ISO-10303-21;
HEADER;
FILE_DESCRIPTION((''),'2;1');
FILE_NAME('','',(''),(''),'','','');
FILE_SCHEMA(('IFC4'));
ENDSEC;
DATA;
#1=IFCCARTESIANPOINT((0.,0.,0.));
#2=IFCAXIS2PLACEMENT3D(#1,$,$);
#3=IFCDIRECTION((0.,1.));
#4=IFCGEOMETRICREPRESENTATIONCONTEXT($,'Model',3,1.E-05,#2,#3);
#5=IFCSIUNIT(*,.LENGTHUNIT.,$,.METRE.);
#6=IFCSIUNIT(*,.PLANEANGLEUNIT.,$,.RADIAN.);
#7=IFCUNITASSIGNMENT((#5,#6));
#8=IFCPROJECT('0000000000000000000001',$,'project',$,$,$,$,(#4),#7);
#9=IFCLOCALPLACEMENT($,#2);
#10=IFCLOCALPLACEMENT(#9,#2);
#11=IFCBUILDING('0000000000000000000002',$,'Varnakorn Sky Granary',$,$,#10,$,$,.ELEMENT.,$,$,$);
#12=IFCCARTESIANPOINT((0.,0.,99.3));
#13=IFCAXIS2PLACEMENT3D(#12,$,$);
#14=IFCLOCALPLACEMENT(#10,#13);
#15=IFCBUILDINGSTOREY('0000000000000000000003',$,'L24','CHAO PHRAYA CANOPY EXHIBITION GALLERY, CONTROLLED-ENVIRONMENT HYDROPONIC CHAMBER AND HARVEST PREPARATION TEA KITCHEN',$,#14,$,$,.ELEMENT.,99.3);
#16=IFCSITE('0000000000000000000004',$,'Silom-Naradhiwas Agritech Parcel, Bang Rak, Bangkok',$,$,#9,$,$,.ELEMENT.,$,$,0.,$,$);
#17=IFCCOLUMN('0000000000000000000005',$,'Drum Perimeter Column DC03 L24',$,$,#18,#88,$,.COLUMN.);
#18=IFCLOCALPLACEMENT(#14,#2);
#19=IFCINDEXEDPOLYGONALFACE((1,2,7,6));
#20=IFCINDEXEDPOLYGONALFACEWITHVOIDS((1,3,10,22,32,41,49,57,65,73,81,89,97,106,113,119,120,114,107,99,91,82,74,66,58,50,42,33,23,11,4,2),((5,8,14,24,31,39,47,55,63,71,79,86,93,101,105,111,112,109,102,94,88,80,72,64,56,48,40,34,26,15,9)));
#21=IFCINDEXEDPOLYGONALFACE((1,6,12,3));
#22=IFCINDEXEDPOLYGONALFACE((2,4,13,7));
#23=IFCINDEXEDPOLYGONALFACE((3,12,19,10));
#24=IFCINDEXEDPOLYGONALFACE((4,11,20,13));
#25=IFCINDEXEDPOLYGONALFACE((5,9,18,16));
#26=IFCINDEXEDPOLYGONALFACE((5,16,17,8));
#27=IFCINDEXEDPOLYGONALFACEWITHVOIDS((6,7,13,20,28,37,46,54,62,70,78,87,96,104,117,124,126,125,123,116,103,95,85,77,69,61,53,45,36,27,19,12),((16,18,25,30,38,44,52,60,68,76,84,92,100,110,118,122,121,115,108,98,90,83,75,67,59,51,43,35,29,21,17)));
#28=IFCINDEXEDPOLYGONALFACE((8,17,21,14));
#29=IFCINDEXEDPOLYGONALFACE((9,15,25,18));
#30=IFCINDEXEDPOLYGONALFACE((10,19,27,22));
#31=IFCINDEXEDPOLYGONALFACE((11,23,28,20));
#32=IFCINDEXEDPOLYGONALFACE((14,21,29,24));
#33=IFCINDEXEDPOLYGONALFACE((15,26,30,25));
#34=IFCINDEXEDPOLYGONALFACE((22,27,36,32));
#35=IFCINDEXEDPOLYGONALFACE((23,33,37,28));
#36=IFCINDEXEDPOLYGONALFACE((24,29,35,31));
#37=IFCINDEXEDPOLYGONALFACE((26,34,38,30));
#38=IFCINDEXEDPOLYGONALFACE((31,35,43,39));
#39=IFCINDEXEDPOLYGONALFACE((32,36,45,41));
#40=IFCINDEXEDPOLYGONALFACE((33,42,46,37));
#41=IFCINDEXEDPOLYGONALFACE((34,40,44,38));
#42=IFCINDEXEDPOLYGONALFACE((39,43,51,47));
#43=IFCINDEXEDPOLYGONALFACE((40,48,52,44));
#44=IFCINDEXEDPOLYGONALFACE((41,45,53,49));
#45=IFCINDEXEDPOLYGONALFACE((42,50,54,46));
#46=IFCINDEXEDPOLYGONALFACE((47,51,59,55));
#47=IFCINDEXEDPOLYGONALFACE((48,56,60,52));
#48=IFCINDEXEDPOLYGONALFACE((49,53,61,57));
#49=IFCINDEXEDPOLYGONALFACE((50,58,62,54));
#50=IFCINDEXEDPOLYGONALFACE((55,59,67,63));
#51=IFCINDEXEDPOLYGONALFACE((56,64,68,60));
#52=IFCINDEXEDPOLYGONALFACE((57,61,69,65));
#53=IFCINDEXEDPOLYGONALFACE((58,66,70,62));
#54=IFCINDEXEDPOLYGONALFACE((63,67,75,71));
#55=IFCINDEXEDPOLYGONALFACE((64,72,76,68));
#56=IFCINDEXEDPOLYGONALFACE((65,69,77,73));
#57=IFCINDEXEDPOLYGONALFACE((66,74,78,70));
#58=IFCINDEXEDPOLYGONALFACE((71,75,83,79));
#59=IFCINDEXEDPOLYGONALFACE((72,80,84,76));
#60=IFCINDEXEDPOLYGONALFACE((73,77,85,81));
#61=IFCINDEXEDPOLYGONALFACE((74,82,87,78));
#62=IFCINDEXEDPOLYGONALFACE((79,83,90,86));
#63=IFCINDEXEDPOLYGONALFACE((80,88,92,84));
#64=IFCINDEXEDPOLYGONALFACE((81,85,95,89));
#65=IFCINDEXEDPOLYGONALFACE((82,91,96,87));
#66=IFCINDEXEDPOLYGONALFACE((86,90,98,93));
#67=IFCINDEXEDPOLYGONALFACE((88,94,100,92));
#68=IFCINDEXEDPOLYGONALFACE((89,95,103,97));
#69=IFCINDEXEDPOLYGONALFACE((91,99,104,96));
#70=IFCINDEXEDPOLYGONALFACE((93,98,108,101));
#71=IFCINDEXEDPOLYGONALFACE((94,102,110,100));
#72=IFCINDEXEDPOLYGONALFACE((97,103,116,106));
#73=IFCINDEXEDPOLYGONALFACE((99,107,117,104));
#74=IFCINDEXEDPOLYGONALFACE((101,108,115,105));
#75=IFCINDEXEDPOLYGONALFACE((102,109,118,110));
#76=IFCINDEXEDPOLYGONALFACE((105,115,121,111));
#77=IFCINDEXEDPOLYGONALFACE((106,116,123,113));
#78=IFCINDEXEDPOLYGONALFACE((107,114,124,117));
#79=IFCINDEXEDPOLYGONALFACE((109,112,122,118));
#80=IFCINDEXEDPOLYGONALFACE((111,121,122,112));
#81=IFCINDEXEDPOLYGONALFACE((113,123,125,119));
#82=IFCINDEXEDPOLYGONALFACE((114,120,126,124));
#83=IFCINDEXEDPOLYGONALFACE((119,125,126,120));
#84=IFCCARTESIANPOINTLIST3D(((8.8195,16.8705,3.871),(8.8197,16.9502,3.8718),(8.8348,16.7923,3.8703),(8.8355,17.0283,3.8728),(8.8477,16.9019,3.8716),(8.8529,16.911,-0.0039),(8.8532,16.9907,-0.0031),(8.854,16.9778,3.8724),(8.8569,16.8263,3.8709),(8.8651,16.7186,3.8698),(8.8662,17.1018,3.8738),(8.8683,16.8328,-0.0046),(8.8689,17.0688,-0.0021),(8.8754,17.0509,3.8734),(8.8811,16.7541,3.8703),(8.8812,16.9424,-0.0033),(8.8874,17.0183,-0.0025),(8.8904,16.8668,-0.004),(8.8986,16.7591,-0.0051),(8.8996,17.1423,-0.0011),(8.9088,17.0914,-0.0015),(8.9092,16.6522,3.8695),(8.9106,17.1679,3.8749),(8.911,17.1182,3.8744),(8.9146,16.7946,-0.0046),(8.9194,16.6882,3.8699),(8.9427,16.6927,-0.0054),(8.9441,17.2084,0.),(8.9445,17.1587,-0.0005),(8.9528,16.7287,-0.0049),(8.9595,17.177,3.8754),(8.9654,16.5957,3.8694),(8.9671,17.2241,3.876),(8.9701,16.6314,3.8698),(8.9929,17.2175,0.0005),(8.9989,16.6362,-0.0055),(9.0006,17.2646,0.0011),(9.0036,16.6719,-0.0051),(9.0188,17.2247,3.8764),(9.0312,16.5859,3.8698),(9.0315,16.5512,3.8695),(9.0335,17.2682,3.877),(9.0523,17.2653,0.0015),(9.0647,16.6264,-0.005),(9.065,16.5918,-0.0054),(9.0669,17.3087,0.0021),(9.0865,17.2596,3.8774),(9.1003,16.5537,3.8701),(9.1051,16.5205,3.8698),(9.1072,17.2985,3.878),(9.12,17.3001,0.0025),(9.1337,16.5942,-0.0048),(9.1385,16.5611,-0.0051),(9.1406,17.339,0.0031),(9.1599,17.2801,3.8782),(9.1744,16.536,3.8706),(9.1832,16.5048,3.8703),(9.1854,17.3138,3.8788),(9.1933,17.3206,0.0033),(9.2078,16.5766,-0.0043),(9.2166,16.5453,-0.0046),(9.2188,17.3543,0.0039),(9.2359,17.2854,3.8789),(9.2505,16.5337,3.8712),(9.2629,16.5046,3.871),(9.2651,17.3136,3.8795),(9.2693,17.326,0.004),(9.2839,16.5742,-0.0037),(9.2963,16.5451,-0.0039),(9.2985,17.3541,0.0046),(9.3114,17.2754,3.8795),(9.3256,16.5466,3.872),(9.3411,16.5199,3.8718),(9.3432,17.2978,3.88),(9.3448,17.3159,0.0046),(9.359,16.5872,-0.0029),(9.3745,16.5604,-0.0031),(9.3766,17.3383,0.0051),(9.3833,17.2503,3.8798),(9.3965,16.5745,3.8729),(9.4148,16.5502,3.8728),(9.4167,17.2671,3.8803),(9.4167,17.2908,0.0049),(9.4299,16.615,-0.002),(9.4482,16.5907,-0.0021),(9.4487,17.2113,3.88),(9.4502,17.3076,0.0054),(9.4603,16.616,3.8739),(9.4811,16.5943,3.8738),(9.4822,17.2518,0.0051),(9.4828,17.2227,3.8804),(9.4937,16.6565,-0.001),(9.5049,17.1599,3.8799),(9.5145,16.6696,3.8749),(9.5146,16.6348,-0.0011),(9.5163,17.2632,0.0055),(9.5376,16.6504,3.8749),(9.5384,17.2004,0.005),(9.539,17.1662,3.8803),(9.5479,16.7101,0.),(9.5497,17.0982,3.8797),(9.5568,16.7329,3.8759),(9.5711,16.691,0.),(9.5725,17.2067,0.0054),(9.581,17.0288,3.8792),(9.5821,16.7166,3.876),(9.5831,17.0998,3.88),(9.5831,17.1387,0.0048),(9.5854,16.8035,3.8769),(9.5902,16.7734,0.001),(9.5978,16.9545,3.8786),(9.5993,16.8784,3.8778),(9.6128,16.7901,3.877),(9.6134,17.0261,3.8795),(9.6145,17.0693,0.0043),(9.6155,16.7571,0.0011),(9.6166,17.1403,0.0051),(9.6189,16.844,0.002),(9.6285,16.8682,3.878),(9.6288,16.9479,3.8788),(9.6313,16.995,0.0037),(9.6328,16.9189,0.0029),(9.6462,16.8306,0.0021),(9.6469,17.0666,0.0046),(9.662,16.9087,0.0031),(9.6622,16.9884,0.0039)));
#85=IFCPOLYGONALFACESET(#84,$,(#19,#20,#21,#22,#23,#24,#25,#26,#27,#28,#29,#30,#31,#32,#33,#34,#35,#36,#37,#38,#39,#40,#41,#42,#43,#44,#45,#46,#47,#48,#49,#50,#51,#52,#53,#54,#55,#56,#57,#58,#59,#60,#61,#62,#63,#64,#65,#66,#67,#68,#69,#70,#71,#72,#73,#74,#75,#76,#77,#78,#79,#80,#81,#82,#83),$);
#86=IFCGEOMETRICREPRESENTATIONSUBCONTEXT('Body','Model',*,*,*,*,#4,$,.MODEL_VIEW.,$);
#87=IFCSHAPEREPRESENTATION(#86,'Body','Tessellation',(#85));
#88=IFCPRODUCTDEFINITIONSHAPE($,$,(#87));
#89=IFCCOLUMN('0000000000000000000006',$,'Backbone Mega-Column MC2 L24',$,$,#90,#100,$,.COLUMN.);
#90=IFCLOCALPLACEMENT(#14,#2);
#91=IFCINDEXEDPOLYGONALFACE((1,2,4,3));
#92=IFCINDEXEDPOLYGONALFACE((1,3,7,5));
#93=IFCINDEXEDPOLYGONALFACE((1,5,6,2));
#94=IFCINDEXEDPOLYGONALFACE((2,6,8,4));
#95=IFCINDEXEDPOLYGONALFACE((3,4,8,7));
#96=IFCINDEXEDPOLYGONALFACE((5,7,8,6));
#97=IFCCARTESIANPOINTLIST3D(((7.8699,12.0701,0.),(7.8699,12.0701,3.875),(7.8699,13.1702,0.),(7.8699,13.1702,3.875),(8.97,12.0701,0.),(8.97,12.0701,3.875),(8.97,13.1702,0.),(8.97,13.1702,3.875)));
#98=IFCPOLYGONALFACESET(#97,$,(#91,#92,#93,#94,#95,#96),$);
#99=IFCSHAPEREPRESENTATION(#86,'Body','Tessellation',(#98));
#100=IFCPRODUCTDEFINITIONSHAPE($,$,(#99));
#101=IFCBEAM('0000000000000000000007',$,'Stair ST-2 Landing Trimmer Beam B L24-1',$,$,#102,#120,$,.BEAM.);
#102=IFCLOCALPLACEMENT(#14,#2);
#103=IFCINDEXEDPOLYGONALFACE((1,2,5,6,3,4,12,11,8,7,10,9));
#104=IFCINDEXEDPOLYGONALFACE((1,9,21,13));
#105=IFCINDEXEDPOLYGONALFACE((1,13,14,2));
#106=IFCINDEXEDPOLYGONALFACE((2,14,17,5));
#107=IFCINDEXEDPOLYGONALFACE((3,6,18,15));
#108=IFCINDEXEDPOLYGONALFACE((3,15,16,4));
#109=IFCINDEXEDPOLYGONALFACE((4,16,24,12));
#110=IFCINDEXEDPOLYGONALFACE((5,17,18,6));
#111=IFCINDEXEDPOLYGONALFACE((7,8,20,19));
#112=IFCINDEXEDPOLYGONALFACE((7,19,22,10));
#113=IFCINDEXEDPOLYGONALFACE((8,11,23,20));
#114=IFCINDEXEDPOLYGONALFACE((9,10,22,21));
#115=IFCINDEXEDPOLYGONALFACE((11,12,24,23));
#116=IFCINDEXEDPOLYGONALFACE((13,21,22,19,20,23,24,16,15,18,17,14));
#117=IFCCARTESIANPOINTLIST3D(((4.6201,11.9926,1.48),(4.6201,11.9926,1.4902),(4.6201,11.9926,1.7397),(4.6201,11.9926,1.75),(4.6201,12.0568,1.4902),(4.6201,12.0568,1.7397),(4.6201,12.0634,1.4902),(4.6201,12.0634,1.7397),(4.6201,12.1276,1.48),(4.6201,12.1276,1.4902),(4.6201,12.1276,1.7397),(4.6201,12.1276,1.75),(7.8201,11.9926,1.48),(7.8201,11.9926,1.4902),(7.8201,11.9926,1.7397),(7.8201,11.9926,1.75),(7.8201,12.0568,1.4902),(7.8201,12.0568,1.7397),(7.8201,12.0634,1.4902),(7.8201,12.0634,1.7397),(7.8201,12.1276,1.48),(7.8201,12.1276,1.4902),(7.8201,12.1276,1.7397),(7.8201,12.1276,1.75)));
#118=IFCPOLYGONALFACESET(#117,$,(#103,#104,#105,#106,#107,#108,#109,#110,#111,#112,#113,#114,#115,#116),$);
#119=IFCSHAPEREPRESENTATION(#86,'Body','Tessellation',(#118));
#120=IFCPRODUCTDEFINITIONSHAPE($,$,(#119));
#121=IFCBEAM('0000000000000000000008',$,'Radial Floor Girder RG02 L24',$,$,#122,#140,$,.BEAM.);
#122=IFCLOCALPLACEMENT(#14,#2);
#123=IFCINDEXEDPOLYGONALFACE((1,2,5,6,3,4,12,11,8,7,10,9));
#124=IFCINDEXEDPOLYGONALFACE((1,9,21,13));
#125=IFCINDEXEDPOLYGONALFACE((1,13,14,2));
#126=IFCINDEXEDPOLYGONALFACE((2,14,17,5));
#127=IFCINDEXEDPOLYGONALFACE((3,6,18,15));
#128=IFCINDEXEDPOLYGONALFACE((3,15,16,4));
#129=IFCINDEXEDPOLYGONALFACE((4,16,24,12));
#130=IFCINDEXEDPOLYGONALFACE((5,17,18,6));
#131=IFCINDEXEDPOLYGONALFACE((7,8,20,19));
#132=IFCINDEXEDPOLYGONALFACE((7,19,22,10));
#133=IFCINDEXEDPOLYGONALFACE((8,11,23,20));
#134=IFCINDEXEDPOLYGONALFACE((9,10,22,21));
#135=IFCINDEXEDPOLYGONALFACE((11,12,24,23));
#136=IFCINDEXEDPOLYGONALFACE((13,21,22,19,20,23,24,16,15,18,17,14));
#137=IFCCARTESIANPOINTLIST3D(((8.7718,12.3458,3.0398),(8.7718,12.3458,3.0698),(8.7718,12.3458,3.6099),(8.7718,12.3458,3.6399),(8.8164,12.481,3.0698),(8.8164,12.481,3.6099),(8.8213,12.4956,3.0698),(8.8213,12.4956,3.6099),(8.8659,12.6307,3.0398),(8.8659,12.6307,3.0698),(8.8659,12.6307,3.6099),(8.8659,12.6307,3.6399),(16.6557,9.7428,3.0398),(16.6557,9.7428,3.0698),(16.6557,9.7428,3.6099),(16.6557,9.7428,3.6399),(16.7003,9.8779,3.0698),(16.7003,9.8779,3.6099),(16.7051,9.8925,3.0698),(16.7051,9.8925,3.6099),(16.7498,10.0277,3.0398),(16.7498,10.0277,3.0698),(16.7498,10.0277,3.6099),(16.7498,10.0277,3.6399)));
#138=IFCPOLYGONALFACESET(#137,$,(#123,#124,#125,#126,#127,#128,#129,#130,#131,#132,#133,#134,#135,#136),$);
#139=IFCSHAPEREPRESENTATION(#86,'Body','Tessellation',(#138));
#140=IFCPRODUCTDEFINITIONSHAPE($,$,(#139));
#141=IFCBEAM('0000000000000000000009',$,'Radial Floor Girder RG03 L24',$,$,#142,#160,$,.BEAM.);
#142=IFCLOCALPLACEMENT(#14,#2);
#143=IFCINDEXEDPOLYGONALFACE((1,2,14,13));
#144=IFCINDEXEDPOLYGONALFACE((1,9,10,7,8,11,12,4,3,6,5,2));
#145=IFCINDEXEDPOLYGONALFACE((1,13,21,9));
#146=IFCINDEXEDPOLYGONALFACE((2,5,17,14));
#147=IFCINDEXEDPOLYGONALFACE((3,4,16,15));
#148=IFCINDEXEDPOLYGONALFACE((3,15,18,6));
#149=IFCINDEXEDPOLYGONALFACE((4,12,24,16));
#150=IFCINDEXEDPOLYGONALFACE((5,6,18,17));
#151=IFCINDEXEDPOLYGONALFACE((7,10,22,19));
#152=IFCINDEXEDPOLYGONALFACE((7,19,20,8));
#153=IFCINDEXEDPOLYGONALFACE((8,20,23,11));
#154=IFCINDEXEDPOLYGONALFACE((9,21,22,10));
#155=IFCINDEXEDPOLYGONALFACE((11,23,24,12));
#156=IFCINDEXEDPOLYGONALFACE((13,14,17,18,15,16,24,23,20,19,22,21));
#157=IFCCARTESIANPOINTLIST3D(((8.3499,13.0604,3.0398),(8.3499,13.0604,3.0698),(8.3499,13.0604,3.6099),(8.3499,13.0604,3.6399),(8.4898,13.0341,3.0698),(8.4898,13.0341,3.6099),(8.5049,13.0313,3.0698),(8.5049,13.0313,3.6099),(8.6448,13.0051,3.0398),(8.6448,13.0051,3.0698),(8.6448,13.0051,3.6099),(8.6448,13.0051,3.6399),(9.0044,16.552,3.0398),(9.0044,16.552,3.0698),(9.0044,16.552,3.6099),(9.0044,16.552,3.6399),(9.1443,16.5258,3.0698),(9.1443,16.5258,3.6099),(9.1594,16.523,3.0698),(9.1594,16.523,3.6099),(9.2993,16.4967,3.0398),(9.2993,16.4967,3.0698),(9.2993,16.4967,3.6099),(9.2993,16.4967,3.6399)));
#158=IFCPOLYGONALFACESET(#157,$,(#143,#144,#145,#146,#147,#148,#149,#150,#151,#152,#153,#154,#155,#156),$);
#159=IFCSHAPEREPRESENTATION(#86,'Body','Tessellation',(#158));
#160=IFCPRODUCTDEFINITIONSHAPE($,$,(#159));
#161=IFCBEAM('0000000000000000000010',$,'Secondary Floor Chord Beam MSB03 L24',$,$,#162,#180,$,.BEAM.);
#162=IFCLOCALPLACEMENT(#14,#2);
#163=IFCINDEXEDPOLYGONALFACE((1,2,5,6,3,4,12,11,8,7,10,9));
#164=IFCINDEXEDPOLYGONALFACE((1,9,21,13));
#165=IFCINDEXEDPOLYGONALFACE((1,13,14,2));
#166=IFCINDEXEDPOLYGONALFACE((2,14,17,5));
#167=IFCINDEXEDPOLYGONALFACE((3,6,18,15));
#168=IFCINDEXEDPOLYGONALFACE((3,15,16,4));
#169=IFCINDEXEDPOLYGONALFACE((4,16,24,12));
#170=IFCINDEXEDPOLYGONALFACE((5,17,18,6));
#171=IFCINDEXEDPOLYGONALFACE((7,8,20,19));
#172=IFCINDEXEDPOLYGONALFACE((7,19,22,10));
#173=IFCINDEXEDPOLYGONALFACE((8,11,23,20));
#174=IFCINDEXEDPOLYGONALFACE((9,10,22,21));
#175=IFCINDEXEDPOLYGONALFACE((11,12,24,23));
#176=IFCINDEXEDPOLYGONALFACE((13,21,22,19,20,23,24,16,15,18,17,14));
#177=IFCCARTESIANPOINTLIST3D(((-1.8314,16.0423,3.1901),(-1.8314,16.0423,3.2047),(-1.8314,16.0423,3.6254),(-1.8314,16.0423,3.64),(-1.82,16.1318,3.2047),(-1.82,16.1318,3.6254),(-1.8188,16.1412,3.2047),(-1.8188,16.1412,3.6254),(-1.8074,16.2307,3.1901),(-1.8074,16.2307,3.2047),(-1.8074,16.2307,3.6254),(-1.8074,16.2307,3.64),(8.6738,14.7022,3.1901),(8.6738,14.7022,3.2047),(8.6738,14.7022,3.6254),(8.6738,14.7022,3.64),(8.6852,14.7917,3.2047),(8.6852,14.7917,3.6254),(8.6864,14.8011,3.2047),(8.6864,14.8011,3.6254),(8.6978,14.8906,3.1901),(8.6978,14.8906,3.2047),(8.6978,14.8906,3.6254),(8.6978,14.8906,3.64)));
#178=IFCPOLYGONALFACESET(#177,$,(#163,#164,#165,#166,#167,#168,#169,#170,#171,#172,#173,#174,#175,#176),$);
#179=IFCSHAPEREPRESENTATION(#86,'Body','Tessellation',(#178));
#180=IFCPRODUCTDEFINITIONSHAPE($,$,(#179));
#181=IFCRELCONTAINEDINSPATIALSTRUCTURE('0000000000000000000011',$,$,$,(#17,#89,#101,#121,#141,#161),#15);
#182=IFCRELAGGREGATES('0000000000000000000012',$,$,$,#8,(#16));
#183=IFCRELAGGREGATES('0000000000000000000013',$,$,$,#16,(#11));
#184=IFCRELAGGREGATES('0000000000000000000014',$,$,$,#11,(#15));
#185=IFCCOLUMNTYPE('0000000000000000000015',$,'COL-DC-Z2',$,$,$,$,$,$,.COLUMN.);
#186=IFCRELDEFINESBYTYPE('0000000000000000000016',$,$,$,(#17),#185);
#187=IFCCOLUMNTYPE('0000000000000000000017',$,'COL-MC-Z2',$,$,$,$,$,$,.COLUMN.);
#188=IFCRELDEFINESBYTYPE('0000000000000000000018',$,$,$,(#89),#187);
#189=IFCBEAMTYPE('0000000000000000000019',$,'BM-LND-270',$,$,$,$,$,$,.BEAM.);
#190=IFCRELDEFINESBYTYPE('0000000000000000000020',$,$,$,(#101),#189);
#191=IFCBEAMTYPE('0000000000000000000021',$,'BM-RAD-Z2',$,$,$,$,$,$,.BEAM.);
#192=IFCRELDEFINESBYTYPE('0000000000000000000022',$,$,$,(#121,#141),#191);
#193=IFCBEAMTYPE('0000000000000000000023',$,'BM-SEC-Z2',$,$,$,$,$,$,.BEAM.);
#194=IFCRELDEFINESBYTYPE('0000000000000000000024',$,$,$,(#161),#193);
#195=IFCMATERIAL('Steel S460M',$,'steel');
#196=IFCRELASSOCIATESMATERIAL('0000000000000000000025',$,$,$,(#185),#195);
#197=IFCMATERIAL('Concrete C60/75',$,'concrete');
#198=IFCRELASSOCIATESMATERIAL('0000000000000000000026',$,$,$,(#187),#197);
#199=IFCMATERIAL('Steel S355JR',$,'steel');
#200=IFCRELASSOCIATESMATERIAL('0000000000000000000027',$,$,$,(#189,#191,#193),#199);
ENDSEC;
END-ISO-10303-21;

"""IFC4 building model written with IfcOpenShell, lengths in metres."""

from ifc_helpers import new_model, si_unit, direction, frame, origin, origin_2d, place, context, subcontext, project, spatial, rectangle, hollow_circle, i_section, extrude, material, material_profile, profile_set, type_object, element, save


model = new_model("IFC4")

# Units and contexts
model_context = context("Model", 3, precision=1e-05, world=origin(), true_north=direction((0.0, 1.0)))
body_context = subcontext(model_context, "Body", "Model", "MODEL_VIEW")
ifc_project = project(units=[si_unit("LENGTHUNIT", "METRE"), si_unit("PLANEANGLEUNIT", "RADIAN")], contexts=[model_context])

# Site, building, storey
site_placement = place(None, origin())
site = spatial("IfcSite", under=ifc_project, at=site_placement, Name="Silom-Naradhiwas Agritech Parcel, Bang Rak, Bangkok", CompositionType="ELEMENT", RefElevation=0.0)
building_placement = place(site_placement, origin())
building = spatial("IfcBuilding", under=site, at=building_placement, Name="Varnakorn Sky Granary", CompositionType="ELEMENT")
storey_placement = place(building_placement, frame((0.0, 0.0, 99.3)))
storey = spatial("IfcBuildingStorey", under=building, at=storey_placement, Name="L24", Description="CHAO PHRAYA CANOPY EXHIBITION GALLERY, CONTROLLED-ENVIRONMENT HYDROPONIC CHAMBER AND HARVEST PREPARATION TEA KITCHEN", CompositionType="ELEMENT", Elevation=99.3)

# Columns
ifc_material_1 = material(Name="Steel S460M", Category="steel")
ifc_material_profile_1 = material_profile(ifc_material_1, hollow_circle(Radius=0.4065, WallThickness=0.03, at=origin_2d()), Name="CHS 813x30")
ifc_profile_set_1 = profile_set([ifc_material_profile_1], Name="Steel S460M")
column_type_1 = type_object("IfcColumnType", Name="COL-DC-Z2", PredefinedType="COLUMN", material=ifc_profile_set_1)
column_1_placement = place(storey_placement, frame((9.2576, 16.9497, 0.0), z_axis=(-0.008631, -0.010458, 0.999908), x_axis=(0.771259, -0.636521, 0.0)))
element("IfcColumn", 1, at=column_1_placement, inside=storey, type_object=column_type_1, Name="Drum Perimeter Column DC03 L24", PredefinedType="COLUMN", context=body_context, shape_type="SweptSolid", body=[
    extrude(hollow_circle(Radius=0.4065, WallThickness=0.03, at=origin_2d()), origin(), (0.0, 0.0, 1.0), 3.8752),
])
ifc_material_2 = material(Name="Concrete C60/75", Category="concrete")
ifc_material_profile_2 = material_profile(ifc_material_2, rectangle(XDim=1.1001, YDim=1.1001, at=origin_2d()), Name="RC 1100x1100")
ifc_profile_set_2 = profile_set([ifc_material_profile_2], Name="Concrete C60/75")
column_type_2 = type_object("IfcColumnType", Name="COL-MC-Z2", PredefinedType="COLUMN", material=ifc_profile_set_2)
column_2_placement = place(storey_placement, frame((8.4199, 12.6201, 0.0), z_axis=(0.0, 0.0, 1.0), x_axis=(1.0, 0.0, 0.0)))
element("IfcColumn", 2, at=column_2_placement, inside=storey, type_object=column_type_2, Name="Backbone Mega-Column MC2 L24", PredefinedType="COLUMN", context=body_context, shape_type="SweptSolid", body=[
    extrude(rectangle(XDim=1.1001, YDim=1.1001, at=origin_2d()), origin(), (0.0, 0.0, 1.0), 3.875),
])

# Beams
ifc_material_3 = material(Name="Steel S355JR", Category="steel")
ifc_material_profile_3 = material_profile(ifc_material_3, i_section(OverallWidth=0.135, OverallDepth=0.27, WebThickness=0.0066, FlangeThickness=0.0103, at=origin_2d()), Name="IPE 270")
ifc_profile_set_3 = profile_set([ifc_material_profile_3], Name="Steel S355JR")
beam_type_1 = type_object("IfcBeamType", Name="BM-LND-270", PredefinedType="BEAM", material=ifc_profile_set_3)
beam_1_placement = place(storey_placement, frame((4.6201, 12.0601, 1.615), z_axis=(1.0, 0.0, 0.0), x_axis=(0.0, 1.0, 0.0)))
element("IfcBeam", 3, at=beam_1_placement, inside=storey, type_object=beam_type_1, Name="Stair ST-2 Landing Trimmer Beam B L24-1", PredefinedType="BEAM", context=body_context, shape_type="SweptSolid", body=[
    extrude(i_section(OverallWidth=0.135, OverallDepth=0.27, WebThickness=0.0066, FlangeThickness=0.0103, at=origin_2d()), origin(), (0.0, 0.0, 1.0), 3.2),
])
ifc_material_profile_4 = material_profile(ifc_material_3, i_section(OverallWidth=0.3, OverallDepth=0.6001, WebThickness=0.0154, FlangeThickness=0.03, at=origin_2d()), Name="HE 600 B")
ifc_profile_set_4 = profile_set([ifc_material_profile_4], Name="Steel S355JR")
beam_type_2 = type_object("IfcBeamType", Name="BM-RAD-Z2", PredefinedType="BEAM", material=ifc_profile_set_4)
beam_2_placement = place(storey_placement, frame((8.8188, 12.4883, 3.3398), z_axis=(0.949579, -0.313527, 0.0), x_axis=(0.313527, 0.949579, 0.0)))
element("IfcBeam", 4, at=beam_2_placement, inside=storey, type_object=beam_type_2, Name="Radial Floor Girder RG02 L24", PredefinedType="BEAM", context=body_context, shape_type="SweptSolid", body=[
    extrude(i_section(OverallWidth=0.3, OverallDepth=0.6001, WebThickness=0.0154, FlangeThickness=0.03, at=origin_2d()), origin(), (0.0, 0.0, 1.0), 8.3025),
])
beam_3_placement = place(storey_placement, frame((8.4973, 13.0327, 3.3398), z_axis=(0.184247, 0.98288, 0.0), x_axis=(-0.98288, 0.184247, 0.0)))
element("IfcBeam", 5, at=beam_3_placement, inside=storey, type_object=beam_type_2, Name="Radial Floor Girder RG03 L24", PredefinedType="BEAM", context=body_context, shape_type="SweptSolid", body=[
    extrude(i_section(OverallWidth=0.3, OverallDepth=0.6001, WebThickness=0.0154, FlangeThickness=0.03, at=origin_2d()), origin(), (0.0, 0.0, 1.0), 3.5525),
])
ifc_material_profile_5 = material_profile(ifc_material_3, i_section(OverallWidth=0.1899, OverallDepth=0.45, WebThickness=0.0095, FlangeThickness=0.0146, at=origin_2d()), Name="IPE 450")
ifc_profile_set_5 = profile_set([ifc_material_profile_5], Name="Steel S355JR")
beam_type_3 = type_object("IfcBeamType", Name="BM-SEC-Z2", PredefinedType="BEAM", material=ifc_profile_set_5)
beam_4_placement = place(storey_placement, frame((8.6858, 14.7964, 3.415), z_axis=(-0.991962, 0.12654, 0.0), x_axis=(-0.12654, -0.991962, 0.0)))
element("IfcBeam", 6, at=beam_4_placement, inside=storey, type_object=beam_type_3, Name="Secondary Floor Chord Beam MSB03 L24", PredefinedType="BEAM", context=body_context, shape_type="SweptSolid", body=[
    extrude(i_section(OverallWidth=0.1899, OverallDepth=0.45, WebThickness=0.0095, FlangeThickness=0.0146, at=origin_2d()), origin(), (0.0, 0.0, 1.0), 10.5903),
])

save(model, "model.ifc")
